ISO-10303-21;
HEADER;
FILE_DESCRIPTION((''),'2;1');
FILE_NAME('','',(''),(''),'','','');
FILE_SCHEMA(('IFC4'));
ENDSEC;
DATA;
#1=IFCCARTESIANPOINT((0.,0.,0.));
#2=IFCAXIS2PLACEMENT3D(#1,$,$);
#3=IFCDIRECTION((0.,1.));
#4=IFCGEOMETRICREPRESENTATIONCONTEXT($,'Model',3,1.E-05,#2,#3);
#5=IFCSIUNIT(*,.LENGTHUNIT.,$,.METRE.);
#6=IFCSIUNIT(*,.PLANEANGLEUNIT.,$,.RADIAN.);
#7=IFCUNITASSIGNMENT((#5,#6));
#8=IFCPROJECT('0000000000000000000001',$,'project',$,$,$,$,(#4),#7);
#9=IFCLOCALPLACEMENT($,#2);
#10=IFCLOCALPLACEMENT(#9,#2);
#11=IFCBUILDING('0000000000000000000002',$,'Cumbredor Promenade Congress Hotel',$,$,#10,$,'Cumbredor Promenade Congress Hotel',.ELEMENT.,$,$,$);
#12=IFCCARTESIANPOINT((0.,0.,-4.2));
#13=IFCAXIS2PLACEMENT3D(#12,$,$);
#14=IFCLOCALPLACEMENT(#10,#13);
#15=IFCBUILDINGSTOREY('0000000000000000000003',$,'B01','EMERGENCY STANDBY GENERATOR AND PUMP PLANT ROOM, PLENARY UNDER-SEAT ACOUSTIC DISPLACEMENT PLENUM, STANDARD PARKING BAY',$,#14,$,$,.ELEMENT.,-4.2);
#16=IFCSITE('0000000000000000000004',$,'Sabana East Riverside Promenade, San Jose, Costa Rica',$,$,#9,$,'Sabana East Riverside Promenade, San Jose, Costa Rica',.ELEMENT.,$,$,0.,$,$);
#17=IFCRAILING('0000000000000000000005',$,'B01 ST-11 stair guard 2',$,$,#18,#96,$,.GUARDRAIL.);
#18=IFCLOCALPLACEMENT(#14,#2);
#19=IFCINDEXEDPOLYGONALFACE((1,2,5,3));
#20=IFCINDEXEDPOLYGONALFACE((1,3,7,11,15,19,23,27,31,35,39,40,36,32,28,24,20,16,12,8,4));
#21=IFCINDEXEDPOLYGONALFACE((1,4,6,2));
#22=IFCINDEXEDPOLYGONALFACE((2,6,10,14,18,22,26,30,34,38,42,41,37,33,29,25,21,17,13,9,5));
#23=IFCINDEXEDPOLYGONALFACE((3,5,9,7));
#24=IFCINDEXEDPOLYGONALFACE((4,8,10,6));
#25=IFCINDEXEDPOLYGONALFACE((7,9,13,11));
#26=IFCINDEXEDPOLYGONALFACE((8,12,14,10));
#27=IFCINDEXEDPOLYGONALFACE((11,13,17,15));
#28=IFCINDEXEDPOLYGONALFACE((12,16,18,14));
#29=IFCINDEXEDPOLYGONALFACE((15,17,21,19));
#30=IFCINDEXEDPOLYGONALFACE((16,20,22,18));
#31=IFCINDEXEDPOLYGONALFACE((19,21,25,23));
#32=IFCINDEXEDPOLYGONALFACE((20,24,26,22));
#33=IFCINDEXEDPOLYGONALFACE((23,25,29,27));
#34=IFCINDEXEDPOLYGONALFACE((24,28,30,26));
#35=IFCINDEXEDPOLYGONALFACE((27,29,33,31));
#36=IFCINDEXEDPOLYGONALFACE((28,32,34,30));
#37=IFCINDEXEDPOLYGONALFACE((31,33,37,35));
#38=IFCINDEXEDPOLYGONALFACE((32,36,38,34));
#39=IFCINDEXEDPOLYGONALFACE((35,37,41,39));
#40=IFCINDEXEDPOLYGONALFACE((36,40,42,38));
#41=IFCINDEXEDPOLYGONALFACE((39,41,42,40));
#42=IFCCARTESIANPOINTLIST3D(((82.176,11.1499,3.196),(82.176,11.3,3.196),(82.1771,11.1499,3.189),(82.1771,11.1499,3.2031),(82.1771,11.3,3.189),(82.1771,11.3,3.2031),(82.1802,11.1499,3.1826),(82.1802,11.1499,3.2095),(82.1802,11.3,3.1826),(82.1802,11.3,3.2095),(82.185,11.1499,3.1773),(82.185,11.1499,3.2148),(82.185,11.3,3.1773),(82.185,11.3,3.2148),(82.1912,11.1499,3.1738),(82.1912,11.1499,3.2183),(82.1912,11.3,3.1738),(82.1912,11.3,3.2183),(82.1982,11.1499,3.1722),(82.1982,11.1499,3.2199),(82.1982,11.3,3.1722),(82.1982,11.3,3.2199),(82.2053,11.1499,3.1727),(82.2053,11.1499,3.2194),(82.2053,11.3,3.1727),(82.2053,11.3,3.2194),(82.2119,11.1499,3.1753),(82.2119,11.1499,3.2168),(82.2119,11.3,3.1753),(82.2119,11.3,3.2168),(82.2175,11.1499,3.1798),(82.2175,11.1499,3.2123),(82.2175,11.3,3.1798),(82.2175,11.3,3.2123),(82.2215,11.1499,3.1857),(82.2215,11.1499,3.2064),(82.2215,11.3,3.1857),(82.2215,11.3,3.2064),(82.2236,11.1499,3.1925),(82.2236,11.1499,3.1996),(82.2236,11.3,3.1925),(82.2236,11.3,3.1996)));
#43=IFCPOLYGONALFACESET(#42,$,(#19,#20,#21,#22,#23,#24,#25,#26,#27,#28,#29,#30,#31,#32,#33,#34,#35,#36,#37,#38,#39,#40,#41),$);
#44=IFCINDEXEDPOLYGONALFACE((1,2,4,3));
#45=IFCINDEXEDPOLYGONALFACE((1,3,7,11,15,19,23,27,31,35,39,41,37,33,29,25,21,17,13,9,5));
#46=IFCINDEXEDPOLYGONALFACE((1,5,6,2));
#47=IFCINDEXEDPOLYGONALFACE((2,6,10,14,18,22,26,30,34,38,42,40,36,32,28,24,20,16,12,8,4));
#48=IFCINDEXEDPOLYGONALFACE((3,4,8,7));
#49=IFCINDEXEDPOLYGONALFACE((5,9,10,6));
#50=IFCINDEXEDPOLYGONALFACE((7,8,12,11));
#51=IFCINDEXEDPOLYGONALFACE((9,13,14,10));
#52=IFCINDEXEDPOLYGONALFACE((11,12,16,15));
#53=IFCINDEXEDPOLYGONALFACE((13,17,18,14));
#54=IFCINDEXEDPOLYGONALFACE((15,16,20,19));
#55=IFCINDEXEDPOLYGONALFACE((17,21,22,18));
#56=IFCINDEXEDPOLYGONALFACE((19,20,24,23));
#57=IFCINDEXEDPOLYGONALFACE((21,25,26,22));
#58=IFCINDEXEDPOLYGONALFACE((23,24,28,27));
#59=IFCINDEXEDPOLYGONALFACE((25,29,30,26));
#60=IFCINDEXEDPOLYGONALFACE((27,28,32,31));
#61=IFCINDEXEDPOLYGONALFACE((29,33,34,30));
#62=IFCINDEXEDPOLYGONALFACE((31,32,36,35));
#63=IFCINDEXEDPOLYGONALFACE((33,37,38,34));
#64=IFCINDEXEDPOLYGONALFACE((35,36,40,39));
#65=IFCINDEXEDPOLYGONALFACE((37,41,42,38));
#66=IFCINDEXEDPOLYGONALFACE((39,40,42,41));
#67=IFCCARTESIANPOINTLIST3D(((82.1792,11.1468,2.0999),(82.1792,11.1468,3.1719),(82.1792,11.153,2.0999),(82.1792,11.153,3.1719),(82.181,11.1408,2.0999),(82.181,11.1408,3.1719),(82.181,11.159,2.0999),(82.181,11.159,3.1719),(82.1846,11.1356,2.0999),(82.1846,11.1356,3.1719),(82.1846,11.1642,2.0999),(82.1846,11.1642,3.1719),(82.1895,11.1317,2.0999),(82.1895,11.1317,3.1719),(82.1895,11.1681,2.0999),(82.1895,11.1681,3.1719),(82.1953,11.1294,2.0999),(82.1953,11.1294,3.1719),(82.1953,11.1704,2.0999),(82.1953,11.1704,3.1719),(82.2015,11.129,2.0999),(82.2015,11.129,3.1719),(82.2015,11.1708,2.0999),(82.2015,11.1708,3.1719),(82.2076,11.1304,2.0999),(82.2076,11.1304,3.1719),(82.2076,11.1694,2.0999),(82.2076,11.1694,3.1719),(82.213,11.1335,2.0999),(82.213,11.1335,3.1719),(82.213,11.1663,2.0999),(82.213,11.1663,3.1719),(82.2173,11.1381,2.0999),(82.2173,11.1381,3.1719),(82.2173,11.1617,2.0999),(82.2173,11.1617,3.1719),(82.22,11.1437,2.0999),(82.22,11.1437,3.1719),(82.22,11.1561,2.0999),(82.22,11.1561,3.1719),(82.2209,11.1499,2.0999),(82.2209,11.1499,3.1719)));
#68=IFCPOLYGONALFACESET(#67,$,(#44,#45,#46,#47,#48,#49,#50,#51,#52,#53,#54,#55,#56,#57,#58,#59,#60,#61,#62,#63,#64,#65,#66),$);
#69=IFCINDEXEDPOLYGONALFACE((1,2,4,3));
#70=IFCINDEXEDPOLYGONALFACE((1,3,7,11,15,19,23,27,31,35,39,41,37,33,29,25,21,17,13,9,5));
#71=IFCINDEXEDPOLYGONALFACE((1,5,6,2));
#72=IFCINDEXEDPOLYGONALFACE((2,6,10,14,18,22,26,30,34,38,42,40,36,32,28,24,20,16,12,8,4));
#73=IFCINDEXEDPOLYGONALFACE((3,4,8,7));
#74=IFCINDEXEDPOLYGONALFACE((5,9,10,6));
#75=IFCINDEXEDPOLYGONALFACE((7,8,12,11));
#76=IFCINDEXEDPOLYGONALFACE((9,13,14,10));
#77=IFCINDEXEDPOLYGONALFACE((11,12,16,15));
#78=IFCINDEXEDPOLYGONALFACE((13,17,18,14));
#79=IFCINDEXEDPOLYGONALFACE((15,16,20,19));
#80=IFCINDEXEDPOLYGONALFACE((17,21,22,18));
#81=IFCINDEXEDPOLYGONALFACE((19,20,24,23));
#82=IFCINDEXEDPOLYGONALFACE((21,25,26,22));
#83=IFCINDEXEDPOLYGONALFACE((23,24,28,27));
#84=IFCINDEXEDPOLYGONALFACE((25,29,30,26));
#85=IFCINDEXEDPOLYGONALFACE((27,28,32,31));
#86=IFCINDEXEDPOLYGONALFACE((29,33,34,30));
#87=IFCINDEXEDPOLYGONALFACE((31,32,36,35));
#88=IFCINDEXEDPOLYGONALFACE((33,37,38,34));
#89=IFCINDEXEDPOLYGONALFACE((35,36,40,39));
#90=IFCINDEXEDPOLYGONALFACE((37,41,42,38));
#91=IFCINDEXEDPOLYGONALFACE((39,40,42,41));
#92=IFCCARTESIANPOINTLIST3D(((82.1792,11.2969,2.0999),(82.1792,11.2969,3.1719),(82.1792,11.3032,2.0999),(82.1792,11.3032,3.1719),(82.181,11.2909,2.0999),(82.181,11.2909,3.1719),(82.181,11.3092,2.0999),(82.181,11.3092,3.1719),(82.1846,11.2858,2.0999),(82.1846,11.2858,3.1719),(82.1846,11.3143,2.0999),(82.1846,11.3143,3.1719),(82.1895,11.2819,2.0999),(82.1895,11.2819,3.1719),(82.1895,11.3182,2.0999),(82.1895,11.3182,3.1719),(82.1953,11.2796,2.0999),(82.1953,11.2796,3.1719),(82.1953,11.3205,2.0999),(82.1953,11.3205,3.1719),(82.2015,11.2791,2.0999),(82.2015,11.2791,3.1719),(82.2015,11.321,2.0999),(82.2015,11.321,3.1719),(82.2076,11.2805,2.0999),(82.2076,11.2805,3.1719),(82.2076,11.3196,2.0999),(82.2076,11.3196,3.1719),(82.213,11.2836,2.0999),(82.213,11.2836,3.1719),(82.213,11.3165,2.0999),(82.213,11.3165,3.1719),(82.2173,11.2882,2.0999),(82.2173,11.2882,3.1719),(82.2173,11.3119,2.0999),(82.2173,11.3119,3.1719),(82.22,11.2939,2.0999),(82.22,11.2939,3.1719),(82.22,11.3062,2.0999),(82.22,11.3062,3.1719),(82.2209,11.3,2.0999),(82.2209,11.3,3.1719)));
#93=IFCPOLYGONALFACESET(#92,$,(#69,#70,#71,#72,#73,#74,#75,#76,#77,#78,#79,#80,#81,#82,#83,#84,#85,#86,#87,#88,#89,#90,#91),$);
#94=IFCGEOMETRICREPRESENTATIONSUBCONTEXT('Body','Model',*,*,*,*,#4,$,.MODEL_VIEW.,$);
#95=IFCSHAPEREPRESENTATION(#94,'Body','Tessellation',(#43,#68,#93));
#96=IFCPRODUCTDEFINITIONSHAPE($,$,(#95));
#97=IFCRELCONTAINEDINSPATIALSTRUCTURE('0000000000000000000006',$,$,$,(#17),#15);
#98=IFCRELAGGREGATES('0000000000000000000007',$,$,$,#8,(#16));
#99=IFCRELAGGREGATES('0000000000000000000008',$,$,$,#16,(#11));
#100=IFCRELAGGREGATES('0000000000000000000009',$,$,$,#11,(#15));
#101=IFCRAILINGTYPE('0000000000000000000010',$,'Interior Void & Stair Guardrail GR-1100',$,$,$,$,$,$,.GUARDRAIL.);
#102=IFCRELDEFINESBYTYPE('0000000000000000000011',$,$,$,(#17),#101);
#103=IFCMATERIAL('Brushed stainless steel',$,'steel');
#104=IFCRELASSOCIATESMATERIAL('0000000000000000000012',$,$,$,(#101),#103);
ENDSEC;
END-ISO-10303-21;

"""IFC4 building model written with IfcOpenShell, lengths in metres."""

from ifc_helpers import new_model, si_unit, direction, frame, origin, origin_2d, place, context, subcontext, project, spatial, circle, extrude, material, type_object, element, save


model = new_model("IFC4")

# Units and contexts
model_context = context("Model", 3, precision=1e-05, world=origin(), true_north=direction((0.0, 1.0)))
body_context = subcontext(model_context, "Body", "Model", "MODEL_VIEW")
ifc_project = project(units=[si_unit("LENGTHUNIT", "METRE"), si_unit("PLANEANGLEUNIT", "RADIAN")], contexts=[model_context])

# Site, building, storey
site_placement = place(None, origin())
site = spatial("IfcSite", under=ifc_project, at=site_placement, Name="Sabana East Riverside Promenade, San Jose, Costa Rica", LongName="Sabana East Riverside Promenade, San Jose, Costa Rica", CompositionType="ELEMENT", RefElevation=0.0)
building_placement = place(site_placement, origin())
building = spatial("IfcBuilding", under=site, at=building_placement, Name="Cumbredor Promenade Congress Hotel", LongName="Cumbredor Promenade Congress Hotel", CompositionType="ELEMENT")
storey_placement = place(building_placement, frame((0.0, 0.0, -4.2)))
storey = spatial("IfcBuildingStorey", under=building, at=storey_placement, Name="B01", Description="EMERGENCY STANDBY GENERATOR AND PUMP PLANT ROOM, PLENARY UNDER-SEAT ACOUSTIC DISPLACEMENT PLENUM, STANDARD PARKING BAY", CompositionType="ELEMENT", Elevation=-4.2)

# Shared definitions
ifc_material_1 = material(Name="Brushed stainless steel", Category="steel")

# Railing
railing_type_1 = type_object("IfcRailingType", Name="Interior Void & Stair Guardrail GR-1100", PredefinedType="GUARDRAIL", material=ifc_material_1)
railing_1_placement = place(storey_placement, frame((82.2, 11.1499, 2.0999)))
element("IfcRailing", 1, at=railing_1_placement, inside=storey, type_object=railing_type_1, Name="B01 ST-11 stair guard 2", PredefinedType="GUARDRAIL", context=body_context, shape_type="SweptSolid", body=[
    extrude(circle(Radius=0.0239, at=origin_2d()), frame((0.0, 0.0, 1.0962), z_axis=(0.0, 1.0, 0.0), x_axis=(-1.0, 0.0, 0.0)), (0.0, 0.0, 1.0), 0.1501),
    extrude(circle(Radius=0.021, at=origin_2d()), origin(), (0.0, 0.0, 1.0), 1.072),
    extrude(circle(Radius=0.021, at=origin_2d()), frame((0.0, 0.1501, 0.0)), (0.0, 0.0, 1.0), 1.072),
])

save(model, "model.ifc")
